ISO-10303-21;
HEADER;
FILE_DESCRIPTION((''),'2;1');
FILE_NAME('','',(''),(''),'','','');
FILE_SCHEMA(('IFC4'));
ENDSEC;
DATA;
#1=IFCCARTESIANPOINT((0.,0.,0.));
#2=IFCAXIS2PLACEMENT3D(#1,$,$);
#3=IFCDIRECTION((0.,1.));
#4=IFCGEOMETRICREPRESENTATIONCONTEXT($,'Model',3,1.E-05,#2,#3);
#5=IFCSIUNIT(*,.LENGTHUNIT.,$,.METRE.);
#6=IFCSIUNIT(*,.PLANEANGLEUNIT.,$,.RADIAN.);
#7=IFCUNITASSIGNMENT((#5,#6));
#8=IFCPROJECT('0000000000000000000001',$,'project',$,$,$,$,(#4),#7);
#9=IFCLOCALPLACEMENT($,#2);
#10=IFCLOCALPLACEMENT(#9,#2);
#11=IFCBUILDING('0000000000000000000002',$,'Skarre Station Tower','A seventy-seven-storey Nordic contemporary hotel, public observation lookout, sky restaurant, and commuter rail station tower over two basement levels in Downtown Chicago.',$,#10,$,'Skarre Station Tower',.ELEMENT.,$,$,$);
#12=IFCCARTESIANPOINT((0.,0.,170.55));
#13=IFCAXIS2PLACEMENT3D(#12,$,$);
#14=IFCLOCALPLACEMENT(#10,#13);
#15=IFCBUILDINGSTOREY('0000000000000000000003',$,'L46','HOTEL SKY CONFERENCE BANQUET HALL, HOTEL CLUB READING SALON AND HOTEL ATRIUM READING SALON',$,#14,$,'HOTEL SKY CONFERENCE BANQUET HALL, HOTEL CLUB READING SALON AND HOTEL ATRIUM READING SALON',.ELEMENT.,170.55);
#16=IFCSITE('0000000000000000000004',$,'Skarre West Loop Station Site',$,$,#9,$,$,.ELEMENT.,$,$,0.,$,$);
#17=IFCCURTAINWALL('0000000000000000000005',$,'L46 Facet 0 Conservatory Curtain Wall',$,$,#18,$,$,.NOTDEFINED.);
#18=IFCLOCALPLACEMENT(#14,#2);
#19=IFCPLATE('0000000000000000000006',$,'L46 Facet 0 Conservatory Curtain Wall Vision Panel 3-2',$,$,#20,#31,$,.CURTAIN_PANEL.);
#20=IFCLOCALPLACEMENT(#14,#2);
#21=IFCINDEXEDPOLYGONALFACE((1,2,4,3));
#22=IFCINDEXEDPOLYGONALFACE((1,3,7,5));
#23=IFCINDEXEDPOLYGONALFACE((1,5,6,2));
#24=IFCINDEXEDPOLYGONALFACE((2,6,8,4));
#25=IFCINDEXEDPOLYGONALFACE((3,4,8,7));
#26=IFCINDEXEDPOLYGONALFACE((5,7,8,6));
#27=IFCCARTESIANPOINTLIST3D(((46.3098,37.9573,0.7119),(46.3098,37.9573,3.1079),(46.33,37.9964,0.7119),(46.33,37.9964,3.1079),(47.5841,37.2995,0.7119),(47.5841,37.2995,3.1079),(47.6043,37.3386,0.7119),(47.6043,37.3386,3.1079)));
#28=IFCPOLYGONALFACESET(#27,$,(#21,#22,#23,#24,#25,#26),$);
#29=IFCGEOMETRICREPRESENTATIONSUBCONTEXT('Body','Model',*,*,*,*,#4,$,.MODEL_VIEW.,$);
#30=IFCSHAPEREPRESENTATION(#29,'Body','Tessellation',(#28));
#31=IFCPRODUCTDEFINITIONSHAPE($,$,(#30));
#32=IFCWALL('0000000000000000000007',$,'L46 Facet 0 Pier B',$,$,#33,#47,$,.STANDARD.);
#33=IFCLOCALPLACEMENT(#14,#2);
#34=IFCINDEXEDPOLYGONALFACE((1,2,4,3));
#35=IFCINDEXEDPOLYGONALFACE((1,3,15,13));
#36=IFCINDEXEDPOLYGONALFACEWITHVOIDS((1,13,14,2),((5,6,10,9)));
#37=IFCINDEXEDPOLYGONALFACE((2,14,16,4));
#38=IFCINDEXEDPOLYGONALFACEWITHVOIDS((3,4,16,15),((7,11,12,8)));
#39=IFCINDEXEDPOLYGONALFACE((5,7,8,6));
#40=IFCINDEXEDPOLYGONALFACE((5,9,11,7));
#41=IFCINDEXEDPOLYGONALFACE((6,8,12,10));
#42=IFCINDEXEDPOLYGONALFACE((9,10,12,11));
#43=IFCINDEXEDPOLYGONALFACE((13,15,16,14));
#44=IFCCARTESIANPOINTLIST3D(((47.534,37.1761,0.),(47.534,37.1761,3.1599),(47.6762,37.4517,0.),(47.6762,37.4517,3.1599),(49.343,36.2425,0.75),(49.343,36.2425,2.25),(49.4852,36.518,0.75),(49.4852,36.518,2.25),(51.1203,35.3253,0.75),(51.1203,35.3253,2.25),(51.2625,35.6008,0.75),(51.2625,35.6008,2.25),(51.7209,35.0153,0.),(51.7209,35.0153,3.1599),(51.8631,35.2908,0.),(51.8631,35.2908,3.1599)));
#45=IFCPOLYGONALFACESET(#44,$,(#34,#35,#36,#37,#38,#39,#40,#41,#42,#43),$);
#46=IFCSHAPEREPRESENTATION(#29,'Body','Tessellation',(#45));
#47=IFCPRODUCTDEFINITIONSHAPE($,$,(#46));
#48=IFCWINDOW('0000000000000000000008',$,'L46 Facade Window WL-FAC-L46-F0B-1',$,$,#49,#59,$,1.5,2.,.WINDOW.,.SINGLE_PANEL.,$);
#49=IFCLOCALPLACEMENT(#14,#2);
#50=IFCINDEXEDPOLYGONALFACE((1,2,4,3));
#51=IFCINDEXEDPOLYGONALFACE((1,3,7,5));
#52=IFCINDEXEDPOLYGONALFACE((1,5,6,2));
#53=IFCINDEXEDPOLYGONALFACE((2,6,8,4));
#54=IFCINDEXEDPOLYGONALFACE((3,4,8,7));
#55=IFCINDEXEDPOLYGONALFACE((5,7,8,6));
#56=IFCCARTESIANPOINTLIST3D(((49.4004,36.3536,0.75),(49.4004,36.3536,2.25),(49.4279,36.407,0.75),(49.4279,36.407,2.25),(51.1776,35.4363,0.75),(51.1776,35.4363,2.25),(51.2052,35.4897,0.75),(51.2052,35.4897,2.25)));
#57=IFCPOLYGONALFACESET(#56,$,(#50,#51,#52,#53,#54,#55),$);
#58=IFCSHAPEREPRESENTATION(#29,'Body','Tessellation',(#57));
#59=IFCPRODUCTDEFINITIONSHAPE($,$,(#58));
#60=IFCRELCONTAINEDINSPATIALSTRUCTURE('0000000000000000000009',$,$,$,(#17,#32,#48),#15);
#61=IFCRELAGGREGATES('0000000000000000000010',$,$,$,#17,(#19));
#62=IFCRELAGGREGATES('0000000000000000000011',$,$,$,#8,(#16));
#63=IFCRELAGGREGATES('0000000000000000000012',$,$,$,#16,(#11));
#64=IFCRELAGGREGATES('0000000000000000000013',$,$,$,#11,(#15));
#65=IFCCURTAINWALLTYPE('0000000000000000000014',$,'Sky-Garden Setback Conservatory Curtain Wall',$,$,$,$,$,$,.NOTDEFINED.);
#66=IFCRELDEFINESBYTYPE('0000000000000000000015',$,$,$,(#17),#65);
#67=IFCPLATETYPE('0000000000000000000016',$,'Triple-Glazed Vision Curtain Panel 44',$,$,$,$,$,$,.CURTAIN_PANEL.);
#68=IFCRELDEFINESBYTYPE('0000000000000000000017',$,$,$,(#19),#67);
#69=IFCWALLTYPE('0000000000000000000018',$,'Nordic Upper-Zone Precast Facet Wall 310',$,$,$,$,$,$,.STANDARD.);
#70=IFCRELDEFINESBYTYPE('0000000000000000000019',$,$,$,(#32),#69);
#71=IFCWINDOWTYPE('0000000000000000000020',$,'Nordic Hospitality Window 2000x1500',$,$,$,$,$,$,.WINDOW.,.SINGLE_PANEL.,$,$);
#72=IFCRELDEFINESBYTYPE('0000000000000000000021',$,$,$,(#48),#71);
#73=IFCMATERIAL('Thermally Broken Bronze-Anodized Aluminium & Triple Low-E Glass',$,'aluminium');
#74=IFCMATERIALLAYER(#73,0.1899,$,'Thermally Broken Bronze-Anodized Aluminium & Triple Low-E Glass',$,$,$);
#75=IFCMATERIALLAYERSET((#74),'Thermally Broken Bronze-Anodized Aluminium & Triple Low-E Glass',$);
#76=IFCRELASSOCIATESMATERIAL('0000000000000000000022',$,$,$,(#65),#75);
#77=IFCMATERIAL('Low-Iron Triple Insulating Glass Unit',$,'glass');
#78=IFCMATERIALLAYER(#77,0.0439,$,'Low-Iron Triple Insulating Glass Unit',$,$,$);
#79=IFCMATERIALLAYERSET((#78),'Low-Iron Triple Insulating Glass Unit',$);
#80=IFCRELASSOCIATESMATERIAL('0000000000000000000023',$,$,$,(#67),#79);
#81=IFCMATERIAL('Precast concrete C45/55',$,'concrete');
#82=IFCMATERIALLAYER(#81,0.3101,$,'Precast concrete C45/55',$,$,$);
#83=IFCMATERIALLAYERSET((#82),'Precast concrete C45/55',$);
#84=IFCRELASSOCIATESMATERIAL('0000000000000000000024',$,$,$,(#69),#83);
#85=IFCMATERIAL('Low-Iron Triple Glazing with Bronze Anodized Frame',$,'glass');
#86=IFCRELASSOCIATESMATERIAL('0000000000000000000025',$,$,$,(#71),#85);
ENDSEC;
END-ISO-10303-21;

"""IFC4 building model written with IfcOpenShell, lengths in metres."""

from ifc_helpers import new_model, si_unit, direction, frame, frame_2d, origin, origin_2d, place, context, subcontext, project, spatial, rectangle, extrude, material, layer, layer_set, type_object, element, fill, aggregate, save


model = new_model("IFC4")

# Units and contexts
model_context = context("Model", 3, precision=1e-05, world=origin(), true_north=direction((0.0, 1.0)))
body_context = subcontext(model_context, "Body", "Model", "MODEL_VIEW")
ifc_project = project(units=[si_unit("LENGTHUNIT", "METRE"), si_unit("PLANEANGLEUNIT", "RADIAN")], contexts=[model_context])

# Site, building, storey
site_placement = place(None, origin())
site = spatial("IfcSite", under=ifc_project, at=site_placement, Name="Skarre West Loop Station Site", CompositionType="ELEMENT", RefElevation=0.0)
building_placement = place(site_placement, origin())
building = spatial("IfcBuilding", under=site, at=building_placement, Name="Skarre Station Tower", Description="A seventy-seven-storey Nordic contemporary hotel, public observation lookout, sky restaurant, and commuter rail station tower over two basement levels in Downtown Chicago.", LongName="Skarre Station Tower", CompositionType="ELEMENT")
storey_placement = place(building_placement, frame((0.0, 0.0, 170.55)))
storey = spatial("IfcBuildingStorey", under=building, at=storey_placement, Name="L46", Description="HOTEL SKY CONFERENCE BANQUET HALL, HOTEL CLUB READING SALON AND HOTEL ATRIUM READING SALON", LongName="HOTEL SKY CONFERENCE BANQUET HALL, HOTEL CLUB READING SALON AND HOTEL ATRIUM READING SALON", CompositionType="ELEMENT", Elevation=170.55)

# Curtain wall, plate
ifc_material_1 = material(Name="Thermally Broken Bronze-Anodized Aluminium & Triple Low-E Glass", Category="aluminium")
ifc_layer_1 = layer(ifc_material_1, 0.1899, Name="Thermally Broken Bronze-Anodized Aluminium & Triple Low-E Glass")
ifc_layer_set_1 = layer_set([ifc_layer_1], Name="Thermally Broken Bronze-Anodized Aluminium & Triple Low-E Glass")
curtain_wall_type = type_object("IfcCurtainWallType", Name="Sky-Garden Setback Conservatory Curtain Wall", PredefinedType="NOTDEFINED", material=ifc_layer_set_1)
curtain_wall_placement = place(storey_placement, origin())
curtain_wall = element("IfcCurtainWall", 1, at=curtain_wall_placement, inside=storey, type_object=curtain_wall_type, Name="L46 Facet 0 Conservatory Curtain Wall", PredefinedType="NOTDEFINED")
ifc_material_2 = material(Name="Low-Iron Triple Insulating Glass Unit", Category="glass")
ifc_layer_2 = layer(ifc_material_2, 0.0439, Name="Low-Iron Triple Insulating Glass Unit")
ifc_layer_set_2 = layer_set([ifc_layer_2], Name="Low-Iron Triple Insulating Glass Unit")
plate_type_1 = type_object("IfcPlateType", Name="Triple-Glazed Vision Curtain Panel 44", PredefinedType="CURTAIN_PANEL", material=ifc_layer_set_2)
plate_1_placement = place(storey_placement, frame((46.957, 37.6479, 0.7119), z_axis=(0.0, 0.0, 1.0), x_axis=(0.888593, -0.458696, 0.0)))
plate_1 = element("IfcPlate", 2, at=plate_1_placement, type_object=plate_type_1, Name="L46 Facet 0 Conservatory Curtain Wall Vision Panel 3-2", PredefinedType="CURTAIN_PANEL", context=body_context, shape_type="SweptSolid", body=[
    extrude(rectangle(XDim=1.4341, YDim=0.0439, at=origin_2d()), origin(), (0.0, 0.0, 1.0), 2.396),
])
aggregate(curtain_wall, [plate_1])

# Wall, opening, window
ifc_material_3 = material(Name="Precast concrete C45/55", Category="concrete")
ifc_layer_3 = layer(ifc_material_3, 0.3101, Name="Precast concrete C45/55")
ifc_layer_set_3 = layer_set([ifc_layer_3], Name="Precast concrete C45/55")
wall_type = type_object("IfcWallType", Name="Nordic Upper-Zone Precast Facet Wall 310", PredefinedType="STANDARD", material=ifc_layer_set_3)
wall_placement = place(storey_placement, frame((47.605, 37.314, 0.0), z_axis=(0.0, 0.0, 1.0), x_axis=(0.888634, -0.458618, 0.0)))
wall = element("IfcWall", 3, at=wall_placement, inside=storey, type_object=wall_type, Name="L46 Facet 0 Pier B", PredefinedType="STANDARD", context=body_context, shape_type="SweptSolid", body=[
    extrude(rectangle(XDim=4.7117, YDim=0.3101, at=frame_2d((2.356, 0.0))), origin(), (0.0, 0.0, 1.0), 3.1599),
])
opening_placement = place(wall_placement, frame((2.0359, 0.0, 0.75)))
opening = element("IfcOpeningElement", 4, at=opening_placement, cuts=wall, PredefinedType="OPENING", context=body_context, shape_type="SweptSolid", body=[
    extrude(rectangle(XDim=2.0, YDim=1.5, at=frame_2d((1.0, 0.75))), frame((0.0, 0.165, 0.0), z_axis=(0.0, -1.0, 0.0), x_axis=(1.0, 0.0, 0.0)), (0.0, 0.0, 1.0), 0.3301),
])
ifc_material_4 = material(Name="Low-Iron Triple Glazing with Bronze Anodized Frame", Category="glass")
window_type = type_object("IfcWindowType", Name="Nordic Hospitality Window 2000x1500", PartitioningType="SINGLE_PANEL", PredefinedType="WINDOW", material=ifc_material_4)
window_placement = place(opening_placement, origin())
window = element("IfcWindow", 5, at=window_placement, inside=storey, type_object=window_type, Name="L46 Facade Window WL-FAC-L46-F0B-1", OverallHeight=1.5, OverallWidth=2.0, PartitioningType="SINGLE_PANEL", PredefinedType="WINDOW", context=body_context, shape_type="SweptSolid", body=[
    extrude(rectangle(XDim=2.0, YDim=1.5, at=frame_2d((1.0, 0.75))), frame((0.0, 0.03, 0.0), z_axis=(0.0, -1.0, 0.0), x_axis=(1.0, 0.0, 0.0)), (0.0, 0.0, 1.0), 0.0601),
])
fill(opening, window)

save(model, "model.ifc")
